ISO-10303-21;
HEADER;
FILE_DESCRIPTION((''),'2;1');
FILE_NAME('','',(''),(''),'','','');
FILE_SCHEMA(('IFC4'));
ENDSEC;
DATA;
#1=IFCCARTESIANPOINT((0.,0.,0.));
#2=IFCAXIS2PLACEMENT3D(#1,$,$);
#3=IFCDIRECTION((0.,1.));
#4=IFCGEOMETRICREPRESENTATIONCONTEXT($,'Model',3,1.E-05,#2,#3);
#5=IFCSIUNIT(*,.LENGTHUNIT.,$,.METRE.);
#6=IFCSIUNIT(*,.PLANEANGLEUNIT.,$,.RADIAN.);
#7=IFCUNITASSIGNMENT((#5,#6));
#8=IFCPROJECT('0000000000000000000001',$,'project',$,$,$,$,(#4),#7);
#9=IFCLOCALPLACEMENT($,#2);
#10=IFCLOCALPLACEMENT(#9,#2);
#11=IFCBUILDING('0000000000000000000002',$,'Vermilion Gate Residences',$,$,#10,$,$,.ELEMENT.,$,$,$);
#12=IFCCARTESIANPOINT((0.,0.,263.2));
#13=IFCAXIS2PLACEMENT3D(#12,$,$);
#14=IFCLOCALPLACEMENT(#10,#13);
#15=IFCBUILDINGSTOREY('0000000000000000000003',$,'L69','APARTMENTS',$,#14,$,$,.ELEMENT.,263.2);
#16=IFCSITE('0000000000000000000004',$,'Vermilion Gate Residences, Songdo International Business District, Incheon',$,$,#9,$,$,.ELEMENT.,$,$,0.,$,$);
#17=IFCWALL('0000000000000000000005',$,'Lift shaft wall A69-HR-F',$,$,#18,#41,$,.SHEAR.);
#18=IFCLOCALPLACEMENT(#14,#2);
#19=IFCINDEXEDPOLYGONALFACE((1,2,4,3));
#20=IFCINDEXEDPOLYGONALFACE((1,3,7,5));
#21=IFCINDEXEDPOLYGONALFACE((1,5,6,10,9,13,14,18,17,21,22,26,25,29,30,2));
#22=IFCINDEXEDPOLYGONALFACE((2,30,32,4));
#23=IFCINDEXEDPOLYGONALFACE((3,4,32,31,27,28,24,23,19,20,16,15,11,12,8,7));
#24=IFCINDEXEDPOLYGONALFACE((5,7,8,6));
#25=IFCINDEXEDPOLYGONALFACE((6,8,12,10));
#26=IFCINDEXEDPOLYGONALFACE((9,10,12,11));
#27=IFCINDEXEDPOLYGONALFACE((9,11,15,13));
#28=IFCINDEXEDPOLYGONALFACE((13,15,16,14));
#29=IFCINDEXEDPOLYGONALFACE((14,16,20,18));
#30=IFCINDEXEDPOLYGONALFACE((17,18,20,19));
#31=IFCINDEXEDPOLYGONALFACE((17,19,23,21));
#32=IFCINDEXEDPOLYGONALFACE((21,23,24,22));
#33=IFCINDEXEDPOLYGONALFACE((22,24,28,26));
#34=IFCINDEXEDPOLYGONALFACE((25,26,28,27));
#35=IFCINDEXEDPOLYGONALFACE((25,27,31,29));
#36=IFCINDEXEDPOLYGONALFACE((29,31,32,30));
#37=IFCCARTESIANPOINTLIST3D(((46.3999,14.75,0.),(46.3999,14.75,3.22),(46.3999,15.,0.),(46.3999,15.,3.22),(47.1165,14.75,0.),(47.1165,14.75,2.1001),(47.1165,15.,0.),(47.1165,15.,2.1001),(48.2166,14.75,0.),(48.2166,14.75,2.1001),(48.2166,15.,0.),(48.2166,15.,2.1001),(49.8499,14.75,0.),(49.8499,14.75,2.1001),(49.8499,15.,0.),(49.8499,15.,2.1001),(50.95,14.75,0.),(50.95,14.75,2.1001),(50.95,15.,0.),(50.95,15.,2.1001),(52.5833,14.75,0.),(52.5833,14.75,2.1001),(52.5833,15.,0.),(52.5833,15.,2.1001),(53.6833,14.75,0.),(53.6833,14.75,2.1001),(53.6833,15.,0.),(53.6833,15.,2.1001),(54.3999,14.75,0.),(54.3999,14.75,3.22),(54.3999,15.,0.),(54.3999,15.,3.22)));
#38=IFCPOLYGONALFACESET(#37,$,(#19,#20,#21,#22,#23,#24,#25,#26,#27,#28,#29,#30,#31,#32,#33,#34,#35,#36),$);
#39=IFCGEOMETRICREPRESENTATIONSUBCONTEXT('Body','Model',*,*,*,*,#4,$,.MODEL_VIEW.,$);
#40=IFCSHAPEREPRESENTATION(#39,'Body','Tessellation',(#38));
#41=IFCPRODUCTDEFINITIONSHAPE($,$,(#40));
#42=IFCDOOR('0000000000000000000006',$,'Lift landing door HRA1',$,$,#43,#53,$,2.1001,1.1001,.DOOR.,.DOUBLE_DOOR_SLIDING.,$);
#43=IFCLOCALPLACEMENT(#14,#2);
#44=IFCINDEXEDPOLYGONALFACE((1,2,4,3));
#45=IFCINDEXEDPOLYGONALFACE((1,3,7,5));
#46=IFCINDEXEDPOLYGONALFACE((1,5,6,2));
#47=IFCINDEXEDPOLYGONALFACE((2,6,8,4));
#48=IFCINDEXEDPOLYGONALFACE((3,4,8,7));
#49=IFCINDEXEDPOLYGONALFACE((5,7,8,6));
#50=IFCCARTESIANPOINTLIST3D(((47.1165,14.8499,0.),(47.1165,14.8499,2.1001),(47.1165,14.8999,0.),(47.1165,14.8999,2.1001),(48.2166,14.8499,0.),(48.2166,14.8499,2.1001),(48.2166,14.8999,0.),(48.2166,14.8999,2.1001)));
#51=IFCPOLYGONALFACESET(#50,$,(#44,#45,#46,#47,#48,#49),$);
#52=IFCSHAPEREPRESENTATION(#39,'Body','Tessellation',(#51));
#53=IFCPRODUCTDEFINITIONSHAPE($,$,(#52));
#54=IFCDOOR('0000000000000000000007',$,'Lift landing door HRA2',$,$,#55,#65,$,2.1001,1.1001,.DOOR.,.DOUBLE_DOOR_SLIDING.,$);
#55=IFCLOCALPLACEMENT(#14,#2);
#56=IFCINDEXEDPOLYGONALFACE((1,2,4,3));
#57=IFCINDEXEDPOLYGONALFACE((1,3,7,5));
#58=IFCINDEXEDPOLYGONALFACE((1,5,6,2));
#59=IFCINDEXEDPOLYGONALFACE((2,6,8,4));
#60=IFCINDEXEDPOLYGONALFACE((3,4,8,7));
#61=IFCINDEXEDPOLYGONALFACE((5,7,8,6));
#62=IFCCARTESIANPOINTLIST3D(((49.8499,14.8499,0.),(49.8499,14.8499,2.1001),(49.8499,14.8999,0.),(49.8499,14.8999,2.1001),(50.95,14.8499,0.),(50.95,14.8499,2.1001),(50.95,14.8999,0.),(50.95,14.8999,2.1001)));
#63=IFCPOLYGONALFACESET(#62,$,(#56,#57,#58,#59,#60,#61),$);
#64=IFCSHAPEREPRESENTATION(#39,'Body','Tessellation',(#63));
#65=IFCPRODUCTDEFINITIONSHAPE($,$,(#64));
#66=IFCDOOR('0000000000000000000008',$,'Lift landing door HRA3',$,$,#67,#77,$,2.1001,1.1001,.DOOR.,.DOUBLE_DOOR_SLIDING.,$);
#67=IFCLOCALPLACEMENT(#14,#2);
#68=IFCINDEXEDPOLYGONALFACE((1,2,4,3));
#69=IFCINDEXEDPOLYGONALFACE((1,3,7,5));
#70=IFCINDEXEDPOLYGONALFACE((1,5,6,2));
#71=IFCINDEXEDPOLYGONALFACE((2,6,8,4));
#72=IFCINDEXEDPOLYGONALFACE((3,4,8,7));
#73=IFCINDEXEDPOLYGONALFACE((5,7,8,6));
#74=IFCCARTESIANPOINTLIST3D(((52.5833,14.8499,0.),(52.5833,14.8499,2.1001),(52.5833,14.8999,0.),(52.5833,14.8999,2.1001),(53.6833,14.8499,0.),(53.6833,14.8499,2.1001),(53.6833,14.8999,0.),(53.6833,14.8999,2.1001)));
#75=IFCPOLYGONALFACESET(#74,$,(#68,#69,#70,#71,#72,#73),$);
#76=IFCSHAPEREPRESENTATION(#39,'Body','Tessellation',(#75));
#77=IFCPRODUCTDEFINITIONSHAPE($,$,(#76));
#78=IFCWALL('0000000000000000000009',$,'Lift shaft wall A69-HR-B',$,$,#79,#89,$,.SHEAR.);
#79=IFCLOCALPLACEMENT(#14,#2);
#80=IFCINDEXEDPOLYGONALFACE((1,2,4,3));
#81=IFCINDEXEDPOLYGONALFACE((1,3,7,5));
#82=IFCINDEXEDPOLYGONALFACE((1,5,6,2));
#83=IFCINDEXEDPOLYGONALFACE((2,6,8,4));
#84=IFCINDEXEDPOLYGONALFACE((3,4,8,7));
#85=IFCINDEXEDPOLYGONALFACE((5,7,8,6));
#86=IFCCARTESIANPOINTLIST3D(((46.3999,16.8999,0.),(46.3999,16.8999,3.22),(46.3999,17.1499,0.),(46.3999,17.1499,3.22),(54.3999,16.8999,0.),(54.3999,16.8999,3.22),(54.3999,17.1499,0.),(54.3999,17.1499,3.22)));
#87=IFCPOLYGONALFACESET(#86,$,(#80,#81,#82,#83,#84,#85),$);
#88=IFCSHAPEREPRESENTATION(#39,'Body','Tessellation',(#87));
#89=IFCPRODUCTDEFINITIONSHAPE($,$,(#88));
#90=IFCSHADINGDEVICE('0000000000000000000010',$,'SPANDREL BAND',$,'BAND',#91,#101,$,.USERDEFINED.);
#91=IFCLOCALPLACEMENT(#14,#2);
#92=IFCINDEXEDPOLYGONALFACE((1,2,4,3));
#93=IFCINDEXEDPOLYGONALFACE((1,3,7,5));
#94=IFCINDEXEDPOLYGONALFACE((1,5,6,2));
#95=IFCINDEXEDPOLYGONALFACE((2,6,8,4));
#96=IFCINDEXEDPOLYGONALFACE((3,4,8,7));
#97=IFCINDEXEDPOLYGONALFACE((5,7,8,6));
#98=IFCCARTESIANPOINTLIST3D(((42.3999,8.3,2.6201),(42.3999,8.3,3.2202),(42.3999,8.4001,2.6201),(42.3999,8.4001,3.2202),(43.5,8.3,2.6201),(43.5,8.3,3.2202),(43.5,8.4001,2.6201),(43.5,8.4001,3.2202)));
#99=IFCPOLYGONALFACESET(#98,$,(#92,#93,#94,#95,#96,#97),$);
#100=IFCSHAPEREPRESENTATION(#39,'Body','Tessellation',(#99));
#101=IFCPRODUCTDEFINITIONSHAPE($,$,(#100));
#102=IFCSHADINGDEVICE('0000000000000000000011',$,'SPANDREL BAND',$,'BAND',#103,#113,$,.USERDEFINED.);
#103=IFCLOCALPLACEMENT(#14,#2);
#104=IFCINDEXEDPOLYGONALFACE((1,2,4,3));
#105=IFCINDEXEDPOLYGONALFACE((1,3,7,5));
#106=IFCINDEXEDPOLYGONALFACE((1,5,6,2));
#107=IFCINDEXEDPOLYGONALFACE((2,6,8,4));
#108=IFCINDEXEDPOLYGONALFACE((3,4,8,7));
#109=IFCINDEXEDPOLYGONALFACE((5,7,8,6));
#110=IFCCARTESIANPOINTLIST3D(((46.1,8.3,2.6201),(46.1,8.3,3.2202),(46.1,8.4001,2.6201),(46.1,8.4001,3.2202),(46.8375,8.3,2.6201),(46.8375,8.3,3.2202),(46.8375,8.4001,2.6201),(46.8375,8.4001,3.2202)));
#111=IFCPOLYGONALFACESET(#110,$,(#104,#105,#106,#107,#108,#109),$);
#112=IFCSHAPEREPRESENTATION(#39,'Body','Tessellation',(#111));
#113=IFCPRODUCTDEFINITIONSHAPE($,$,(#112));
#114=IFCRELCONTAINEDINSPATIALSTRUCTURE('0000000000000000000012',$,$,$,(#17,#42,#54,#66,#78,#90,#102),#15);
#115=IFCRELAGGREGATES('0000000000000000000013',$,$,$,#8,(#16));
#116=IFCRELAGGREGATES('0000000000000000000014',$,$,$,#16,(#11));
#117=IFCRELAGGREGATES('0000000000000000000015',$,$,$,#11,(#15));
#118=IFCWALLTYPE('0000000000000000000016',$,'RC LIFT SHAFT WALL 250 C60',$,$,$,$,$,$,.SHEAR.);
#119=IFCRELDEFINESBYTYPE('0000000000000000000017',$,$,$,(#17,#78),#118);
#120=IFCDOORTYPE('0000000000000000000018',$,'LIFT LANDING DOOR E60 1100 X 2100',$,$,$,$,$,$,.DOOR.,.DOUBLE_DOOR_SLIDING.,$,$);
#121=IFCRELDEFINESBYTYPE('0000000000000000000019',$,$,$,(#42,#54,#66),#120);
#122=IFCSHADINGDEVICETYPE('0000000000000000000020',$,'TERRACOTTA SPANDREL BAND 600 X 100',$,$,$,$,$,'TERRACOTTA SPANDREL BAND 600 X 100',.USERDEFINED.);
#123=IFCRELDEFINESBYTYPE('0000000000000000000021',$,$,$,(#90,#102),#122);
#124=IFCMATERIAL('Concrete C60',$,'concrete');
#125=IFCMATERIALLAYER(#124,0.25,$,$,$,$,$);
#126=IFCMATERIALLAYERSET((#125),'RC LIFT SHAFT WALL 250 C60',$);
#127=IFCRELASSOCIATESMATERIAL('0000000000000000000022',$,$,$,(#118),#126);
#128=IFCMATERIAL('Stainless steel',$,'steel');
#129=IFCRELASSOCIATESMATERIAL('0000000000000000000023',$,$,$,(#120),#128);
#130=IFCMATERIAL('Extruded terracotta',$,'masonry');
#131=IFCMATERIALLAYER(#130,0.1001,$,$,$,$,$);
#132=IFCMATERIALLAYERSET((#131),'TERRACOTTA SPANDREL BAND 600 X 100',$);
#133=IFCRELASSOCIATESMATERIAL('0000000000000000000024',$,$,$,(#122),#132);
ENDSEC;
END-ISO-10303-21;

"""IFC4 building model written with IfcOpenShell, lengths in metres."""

from ifc_helpers import new_model, si_unit, direction, frame, frame_2d, origin, origin_2d, place, context, subcontext, project, spatial, rectangle, extrude, material, layer, layer_set, type_object, element, fill, save


model = new_model("IFC4")

# Units and contexts
model_context = context("Model", 3, precision=1e-05, world=origin(), true_north=direction((0.0, 1.0)))
body_context = subcontext(model_context, "Body", "Model", "MODEL_VIEW")
ifc_project = project(units=[si_unit("LENGTHUNIT", "METRE"), si_unit("PLANEANGLEUNIT", "RADIAN")], contexts=[model_context])

# Site, building, storey
site_placement = place(None, origin())
site = spatial("IfcSite", under=ifc_project, at=site_placement, Name="Vermilion Gate Residences, Songdo International Business District, Incheon", CompositionType="ELEMENT", RefElevation=0.0)
building_placement = place(site_placement, origin())
building = spatial("IfcBuilding", under=site, at=building_placement, Name="Vermilion Gate Residences", CompositionType="ELEMENT")
storey_placement = place(building_placement, frame((0.0, 0.0, 263.2)))
storey = spatial("IfcBuildingStorey", under=building, at=storey_placement, Name="L69", Description="APARTMENTS", CompositionType="ELEMENT", Elevation=263.2)

# Wall, openings, doors
ifc_material_1 = material(Name="Concrete C60", Category="concrete")
ifc_layer_1 = layer(ifc_material_1, 0.25)
ifc_layer_set_1 = layer_set([ifc_layer_1], Name="RC LIFT SHAFT WALL 250 C60")
wall_type_1 = type_object("IfcWallType", Name="RC LIFT SHAFT WALL 250 C60", PredefinedType="SHEAR", material=ifc_layer_set_1)
wall_1_placement = place(storey_placement, frame((46.3999, 14.875, 0.0), z_axis=(0.0, 0.0, 1.0), x_axis=(1.0, 0.0, 0.0)))
wall_1 = element("IfcWall", 1, at=wall_1_placement, inside=storey, type_object=wall_type_1, Name="Lift shaft wall A69-HR-F", PredefinedType="SHEAR", context=body_context, shape_type="SweptSolid", body=[
    extrude(rectangle(XDim=8.0, YDim=0.25, at=frame_2d((4.0, 0.0))), origin(), (0.0, 0.0, 1.0), 3.22),
])
opening_1_placement = place(wall_1_placement, frame((0.7166, 0.0, 0.0)))
opening_1 = element("IfcOpeningElement", 2, at=opening_1_placement, cuts=wall_1, PredefinedType="OPENING", context=body_context, shape_type="SweptSolid", body=[
    extrude(rectangle(XDim=1.1001, YDim=2.1001, at=frame_2d((0.55, 1.05))), frame((0.0, 0.135, 0.0), z_axis=(0.0, -1.0, 0.0), x_axis=(1.0, 0.0, 0.0)), (0.0, 0.0, 1.0), 0.27),
])
opening_2_placement = place(wall_1_placement, frame((3.45, 0.0, 0.0)))
opening_2 = element("IfcOpeningElement", 3, at=opening_2_placement, cuts=wall_1, PredefinedType="OPENING", context=body_context, shape_type="SweptSolid", body=[
    extrude(rectangle(XDim=1.1001, YDim=2.1001, at=frame_2d((0.55, 1.05))), frame((0.0, 0.135, 0.0), z_axis=(0.0, -1.0, 0.0), x_axis=(1.0, 0.0, 0.0)), (0.0, 0.0, 1.0), 0.27),
])
opening_3_placement = place(wall_1_placement, frame((6.1833, 0.0, 0.0)))
opening_3 = element("IfcOpeningElement", 4, at=opening_3_placement, cuts=wall_1, PredefinedType="OPENING", context=body_context, shape_type="SweptSolid", body=[
    extrude(rectangle(XDim=1.1001, YDim=2.1001, at=frame_2d((0.55, 1.05))), frame((0.0, 0.135, 0.0), z_axis=(0.0, -1.0, 0.0), x_axis=(1.0, 0.0, 0.0)), (0.0, 0.0, 1.0), 0.27),
])
ifc_material_2 = material(Name="Stainless steel", Category="steel")
door_type_1 = type_object("IfcDoorType", Name="LIFT LANDING DOOR E60 1100 X 2100", OperationType="DOUBLE_DOOR_SLIDING", PredefinedType="DOOR", material=ifc_material_2)
door_1_placement = place(opening_1_placement, origin())
door_1 = element("IfcDoor", 5, at=door_1_placement, inside=storey, type_object=door_type_1, Name="Lift landing door HRA1", OperationType="DOUBLE_DOOR_SLIDING", OverallHeight=2.1001, OverallWidth=1.1001, PredefinedType="DOOR", context=body_context, shape_type="SweptSolid", body=[
    extrude(rectangle(XDim=1.1001, YDim=2.1001, at=frame_2d((0.55, 1.05))), frame((0.0, 0.0249, 0.0), z_axis=(0.0, -1.0, 0.0), x_axis=(1.0, 0.0, 0.0)), (0.0, 0.0, 1.0), 0.05),
])
fill(opening_1, door_1)
door_2_placement = place(opening_2_placement, origin())
door_2 = element("IfcDoor", 6, at=door_2_placement, inside=storey, type_object=door_type_1, Name="Lift landing door HRA2", OperationType="DOUBLE_DOOR_SLIDING", OverallHeight=2.1001, OverallWidth=1.1001, PredefinedType="DOOR", context=body_context, shape_type="SweptSolid", body=[
    extrude(rectangle(XDim=1.1001, YDim=2.1001, at=frame_2d((0.55, 1.05))), frame((0.0, 0.0249, 0.0), z_axis=(0.0, -1.0, 0.0), x_axis=(1.0, 0.0, 0.0)), (0.0, 0.0, 1.0), 0.05),
])
fill(opening_2, door_2)
door_3_placement = place(opening_3_placement, origin())
door_3 = element("IfcDoor", 7, at=door_3_placement, inside=storey, type_object=door_type_1, Name="Lift landing door HRA3", OperationType="DOUBLE_DOOR_SLIDING", OverallHeight=2.1001, OverallWidth=1.1001, PredefinedType="DOOR", context=body_context, shape_type="SweptSolid", body=[
    extrude(rectangle(XDim=1.1001, YDim=2.1001, at=frame_2d((0.55, 1.05))), frame((0.0, 0.0249, 0.0), z_axis=(0.0, -1.0, 0.0), x_axis=(1.0, 0.0, 0.0)), (0.0, 0.0, 1.0), 0.05),
])
fill(opening_3, door_3)

# Wall
wall_2_placement = place(storey_placement, frame((46.3999, 17.0249, 0.0), z_axis=(0.0, 0.0, 1.0), x_axis=(1.0, 0.0, 0.0)))
element("IfcWall", 8, at=wall_2_placement, inside=storey, type_object=wall_type_1, Name="Lift shaft wall A69-HR-B", PredefinedType="SHEAR", context=body_context, shape_type="SweptSolid", body=[
    extrude(rectangle(XDim=8.0, YDim=0.25, at=frame_2d((4.0, 0.0))), origin(), (0.0, 0.0, 1.0), 3.22),
])

# Shading devices
ifc_material_3 = material(Name="Extruded terracotta", Category="masonry")
ifc_layer_2 = layer(ifc_material_3, 0.1001)
ifc_layer_set_2 = layer_set([ifc_layer_2], Name="TERRACOTTA SPANDREL BAND 600 X 100")
shading_device_type = type_object("IfcShadingDeviceType", Name="TERRACOTTA SPANDREL BAND 600 X 100", ElementType="TERRACOTTA SPANDREL BAND 600 X 100", PredefinedType="USERDEFINED", material=ifc_layer_set_2)
shading_device_1_placement = place(storey_placement, frame((42.95, 8.3501, 2.6201), z_axis=(0.0, 0.0, 1.0), x_axis=(1.0, 0.0, 0.0)))
element("IfcShadingDevice", 9, at=shading_device_1_placement, inside=storey, type_object=shading_device_type, Name="SPANDREL BAND", ObjectType="BAND", PredefinedType="USERDEFINED", context=body_context, shape_type="SweptSolid", body=[
    extrude(rectangle(XDim=1.1001, YDim=0.1001, at=origin_2d()), origin(), (0.0, 0.0, 1.0), 0.6001),
])
shading_device_2_placement = place(storey_placement, frame((46.4688, 8.3501, 2.6201), z_axis=(0.0, 0.0, 1.0), x_axis=(1.0, 0.0, 0.0)))
element("IfcShadingDevice", 10, at=shading_device_2_placement, inside=storey, type_object=shading_device_type, Name="SPANDREL BAND", ObjectType="BAND", PredefinedType="USERDEFINED", context=body_context, shape_type="SweptSolid", body=[
    extrude(rectangle(XDim=0.7375, YDim=0.1001, at=origin_2d()), origin(), (0.0, 0.0, 1.0), 0.6001),
])

save(model, "model.ifc")
